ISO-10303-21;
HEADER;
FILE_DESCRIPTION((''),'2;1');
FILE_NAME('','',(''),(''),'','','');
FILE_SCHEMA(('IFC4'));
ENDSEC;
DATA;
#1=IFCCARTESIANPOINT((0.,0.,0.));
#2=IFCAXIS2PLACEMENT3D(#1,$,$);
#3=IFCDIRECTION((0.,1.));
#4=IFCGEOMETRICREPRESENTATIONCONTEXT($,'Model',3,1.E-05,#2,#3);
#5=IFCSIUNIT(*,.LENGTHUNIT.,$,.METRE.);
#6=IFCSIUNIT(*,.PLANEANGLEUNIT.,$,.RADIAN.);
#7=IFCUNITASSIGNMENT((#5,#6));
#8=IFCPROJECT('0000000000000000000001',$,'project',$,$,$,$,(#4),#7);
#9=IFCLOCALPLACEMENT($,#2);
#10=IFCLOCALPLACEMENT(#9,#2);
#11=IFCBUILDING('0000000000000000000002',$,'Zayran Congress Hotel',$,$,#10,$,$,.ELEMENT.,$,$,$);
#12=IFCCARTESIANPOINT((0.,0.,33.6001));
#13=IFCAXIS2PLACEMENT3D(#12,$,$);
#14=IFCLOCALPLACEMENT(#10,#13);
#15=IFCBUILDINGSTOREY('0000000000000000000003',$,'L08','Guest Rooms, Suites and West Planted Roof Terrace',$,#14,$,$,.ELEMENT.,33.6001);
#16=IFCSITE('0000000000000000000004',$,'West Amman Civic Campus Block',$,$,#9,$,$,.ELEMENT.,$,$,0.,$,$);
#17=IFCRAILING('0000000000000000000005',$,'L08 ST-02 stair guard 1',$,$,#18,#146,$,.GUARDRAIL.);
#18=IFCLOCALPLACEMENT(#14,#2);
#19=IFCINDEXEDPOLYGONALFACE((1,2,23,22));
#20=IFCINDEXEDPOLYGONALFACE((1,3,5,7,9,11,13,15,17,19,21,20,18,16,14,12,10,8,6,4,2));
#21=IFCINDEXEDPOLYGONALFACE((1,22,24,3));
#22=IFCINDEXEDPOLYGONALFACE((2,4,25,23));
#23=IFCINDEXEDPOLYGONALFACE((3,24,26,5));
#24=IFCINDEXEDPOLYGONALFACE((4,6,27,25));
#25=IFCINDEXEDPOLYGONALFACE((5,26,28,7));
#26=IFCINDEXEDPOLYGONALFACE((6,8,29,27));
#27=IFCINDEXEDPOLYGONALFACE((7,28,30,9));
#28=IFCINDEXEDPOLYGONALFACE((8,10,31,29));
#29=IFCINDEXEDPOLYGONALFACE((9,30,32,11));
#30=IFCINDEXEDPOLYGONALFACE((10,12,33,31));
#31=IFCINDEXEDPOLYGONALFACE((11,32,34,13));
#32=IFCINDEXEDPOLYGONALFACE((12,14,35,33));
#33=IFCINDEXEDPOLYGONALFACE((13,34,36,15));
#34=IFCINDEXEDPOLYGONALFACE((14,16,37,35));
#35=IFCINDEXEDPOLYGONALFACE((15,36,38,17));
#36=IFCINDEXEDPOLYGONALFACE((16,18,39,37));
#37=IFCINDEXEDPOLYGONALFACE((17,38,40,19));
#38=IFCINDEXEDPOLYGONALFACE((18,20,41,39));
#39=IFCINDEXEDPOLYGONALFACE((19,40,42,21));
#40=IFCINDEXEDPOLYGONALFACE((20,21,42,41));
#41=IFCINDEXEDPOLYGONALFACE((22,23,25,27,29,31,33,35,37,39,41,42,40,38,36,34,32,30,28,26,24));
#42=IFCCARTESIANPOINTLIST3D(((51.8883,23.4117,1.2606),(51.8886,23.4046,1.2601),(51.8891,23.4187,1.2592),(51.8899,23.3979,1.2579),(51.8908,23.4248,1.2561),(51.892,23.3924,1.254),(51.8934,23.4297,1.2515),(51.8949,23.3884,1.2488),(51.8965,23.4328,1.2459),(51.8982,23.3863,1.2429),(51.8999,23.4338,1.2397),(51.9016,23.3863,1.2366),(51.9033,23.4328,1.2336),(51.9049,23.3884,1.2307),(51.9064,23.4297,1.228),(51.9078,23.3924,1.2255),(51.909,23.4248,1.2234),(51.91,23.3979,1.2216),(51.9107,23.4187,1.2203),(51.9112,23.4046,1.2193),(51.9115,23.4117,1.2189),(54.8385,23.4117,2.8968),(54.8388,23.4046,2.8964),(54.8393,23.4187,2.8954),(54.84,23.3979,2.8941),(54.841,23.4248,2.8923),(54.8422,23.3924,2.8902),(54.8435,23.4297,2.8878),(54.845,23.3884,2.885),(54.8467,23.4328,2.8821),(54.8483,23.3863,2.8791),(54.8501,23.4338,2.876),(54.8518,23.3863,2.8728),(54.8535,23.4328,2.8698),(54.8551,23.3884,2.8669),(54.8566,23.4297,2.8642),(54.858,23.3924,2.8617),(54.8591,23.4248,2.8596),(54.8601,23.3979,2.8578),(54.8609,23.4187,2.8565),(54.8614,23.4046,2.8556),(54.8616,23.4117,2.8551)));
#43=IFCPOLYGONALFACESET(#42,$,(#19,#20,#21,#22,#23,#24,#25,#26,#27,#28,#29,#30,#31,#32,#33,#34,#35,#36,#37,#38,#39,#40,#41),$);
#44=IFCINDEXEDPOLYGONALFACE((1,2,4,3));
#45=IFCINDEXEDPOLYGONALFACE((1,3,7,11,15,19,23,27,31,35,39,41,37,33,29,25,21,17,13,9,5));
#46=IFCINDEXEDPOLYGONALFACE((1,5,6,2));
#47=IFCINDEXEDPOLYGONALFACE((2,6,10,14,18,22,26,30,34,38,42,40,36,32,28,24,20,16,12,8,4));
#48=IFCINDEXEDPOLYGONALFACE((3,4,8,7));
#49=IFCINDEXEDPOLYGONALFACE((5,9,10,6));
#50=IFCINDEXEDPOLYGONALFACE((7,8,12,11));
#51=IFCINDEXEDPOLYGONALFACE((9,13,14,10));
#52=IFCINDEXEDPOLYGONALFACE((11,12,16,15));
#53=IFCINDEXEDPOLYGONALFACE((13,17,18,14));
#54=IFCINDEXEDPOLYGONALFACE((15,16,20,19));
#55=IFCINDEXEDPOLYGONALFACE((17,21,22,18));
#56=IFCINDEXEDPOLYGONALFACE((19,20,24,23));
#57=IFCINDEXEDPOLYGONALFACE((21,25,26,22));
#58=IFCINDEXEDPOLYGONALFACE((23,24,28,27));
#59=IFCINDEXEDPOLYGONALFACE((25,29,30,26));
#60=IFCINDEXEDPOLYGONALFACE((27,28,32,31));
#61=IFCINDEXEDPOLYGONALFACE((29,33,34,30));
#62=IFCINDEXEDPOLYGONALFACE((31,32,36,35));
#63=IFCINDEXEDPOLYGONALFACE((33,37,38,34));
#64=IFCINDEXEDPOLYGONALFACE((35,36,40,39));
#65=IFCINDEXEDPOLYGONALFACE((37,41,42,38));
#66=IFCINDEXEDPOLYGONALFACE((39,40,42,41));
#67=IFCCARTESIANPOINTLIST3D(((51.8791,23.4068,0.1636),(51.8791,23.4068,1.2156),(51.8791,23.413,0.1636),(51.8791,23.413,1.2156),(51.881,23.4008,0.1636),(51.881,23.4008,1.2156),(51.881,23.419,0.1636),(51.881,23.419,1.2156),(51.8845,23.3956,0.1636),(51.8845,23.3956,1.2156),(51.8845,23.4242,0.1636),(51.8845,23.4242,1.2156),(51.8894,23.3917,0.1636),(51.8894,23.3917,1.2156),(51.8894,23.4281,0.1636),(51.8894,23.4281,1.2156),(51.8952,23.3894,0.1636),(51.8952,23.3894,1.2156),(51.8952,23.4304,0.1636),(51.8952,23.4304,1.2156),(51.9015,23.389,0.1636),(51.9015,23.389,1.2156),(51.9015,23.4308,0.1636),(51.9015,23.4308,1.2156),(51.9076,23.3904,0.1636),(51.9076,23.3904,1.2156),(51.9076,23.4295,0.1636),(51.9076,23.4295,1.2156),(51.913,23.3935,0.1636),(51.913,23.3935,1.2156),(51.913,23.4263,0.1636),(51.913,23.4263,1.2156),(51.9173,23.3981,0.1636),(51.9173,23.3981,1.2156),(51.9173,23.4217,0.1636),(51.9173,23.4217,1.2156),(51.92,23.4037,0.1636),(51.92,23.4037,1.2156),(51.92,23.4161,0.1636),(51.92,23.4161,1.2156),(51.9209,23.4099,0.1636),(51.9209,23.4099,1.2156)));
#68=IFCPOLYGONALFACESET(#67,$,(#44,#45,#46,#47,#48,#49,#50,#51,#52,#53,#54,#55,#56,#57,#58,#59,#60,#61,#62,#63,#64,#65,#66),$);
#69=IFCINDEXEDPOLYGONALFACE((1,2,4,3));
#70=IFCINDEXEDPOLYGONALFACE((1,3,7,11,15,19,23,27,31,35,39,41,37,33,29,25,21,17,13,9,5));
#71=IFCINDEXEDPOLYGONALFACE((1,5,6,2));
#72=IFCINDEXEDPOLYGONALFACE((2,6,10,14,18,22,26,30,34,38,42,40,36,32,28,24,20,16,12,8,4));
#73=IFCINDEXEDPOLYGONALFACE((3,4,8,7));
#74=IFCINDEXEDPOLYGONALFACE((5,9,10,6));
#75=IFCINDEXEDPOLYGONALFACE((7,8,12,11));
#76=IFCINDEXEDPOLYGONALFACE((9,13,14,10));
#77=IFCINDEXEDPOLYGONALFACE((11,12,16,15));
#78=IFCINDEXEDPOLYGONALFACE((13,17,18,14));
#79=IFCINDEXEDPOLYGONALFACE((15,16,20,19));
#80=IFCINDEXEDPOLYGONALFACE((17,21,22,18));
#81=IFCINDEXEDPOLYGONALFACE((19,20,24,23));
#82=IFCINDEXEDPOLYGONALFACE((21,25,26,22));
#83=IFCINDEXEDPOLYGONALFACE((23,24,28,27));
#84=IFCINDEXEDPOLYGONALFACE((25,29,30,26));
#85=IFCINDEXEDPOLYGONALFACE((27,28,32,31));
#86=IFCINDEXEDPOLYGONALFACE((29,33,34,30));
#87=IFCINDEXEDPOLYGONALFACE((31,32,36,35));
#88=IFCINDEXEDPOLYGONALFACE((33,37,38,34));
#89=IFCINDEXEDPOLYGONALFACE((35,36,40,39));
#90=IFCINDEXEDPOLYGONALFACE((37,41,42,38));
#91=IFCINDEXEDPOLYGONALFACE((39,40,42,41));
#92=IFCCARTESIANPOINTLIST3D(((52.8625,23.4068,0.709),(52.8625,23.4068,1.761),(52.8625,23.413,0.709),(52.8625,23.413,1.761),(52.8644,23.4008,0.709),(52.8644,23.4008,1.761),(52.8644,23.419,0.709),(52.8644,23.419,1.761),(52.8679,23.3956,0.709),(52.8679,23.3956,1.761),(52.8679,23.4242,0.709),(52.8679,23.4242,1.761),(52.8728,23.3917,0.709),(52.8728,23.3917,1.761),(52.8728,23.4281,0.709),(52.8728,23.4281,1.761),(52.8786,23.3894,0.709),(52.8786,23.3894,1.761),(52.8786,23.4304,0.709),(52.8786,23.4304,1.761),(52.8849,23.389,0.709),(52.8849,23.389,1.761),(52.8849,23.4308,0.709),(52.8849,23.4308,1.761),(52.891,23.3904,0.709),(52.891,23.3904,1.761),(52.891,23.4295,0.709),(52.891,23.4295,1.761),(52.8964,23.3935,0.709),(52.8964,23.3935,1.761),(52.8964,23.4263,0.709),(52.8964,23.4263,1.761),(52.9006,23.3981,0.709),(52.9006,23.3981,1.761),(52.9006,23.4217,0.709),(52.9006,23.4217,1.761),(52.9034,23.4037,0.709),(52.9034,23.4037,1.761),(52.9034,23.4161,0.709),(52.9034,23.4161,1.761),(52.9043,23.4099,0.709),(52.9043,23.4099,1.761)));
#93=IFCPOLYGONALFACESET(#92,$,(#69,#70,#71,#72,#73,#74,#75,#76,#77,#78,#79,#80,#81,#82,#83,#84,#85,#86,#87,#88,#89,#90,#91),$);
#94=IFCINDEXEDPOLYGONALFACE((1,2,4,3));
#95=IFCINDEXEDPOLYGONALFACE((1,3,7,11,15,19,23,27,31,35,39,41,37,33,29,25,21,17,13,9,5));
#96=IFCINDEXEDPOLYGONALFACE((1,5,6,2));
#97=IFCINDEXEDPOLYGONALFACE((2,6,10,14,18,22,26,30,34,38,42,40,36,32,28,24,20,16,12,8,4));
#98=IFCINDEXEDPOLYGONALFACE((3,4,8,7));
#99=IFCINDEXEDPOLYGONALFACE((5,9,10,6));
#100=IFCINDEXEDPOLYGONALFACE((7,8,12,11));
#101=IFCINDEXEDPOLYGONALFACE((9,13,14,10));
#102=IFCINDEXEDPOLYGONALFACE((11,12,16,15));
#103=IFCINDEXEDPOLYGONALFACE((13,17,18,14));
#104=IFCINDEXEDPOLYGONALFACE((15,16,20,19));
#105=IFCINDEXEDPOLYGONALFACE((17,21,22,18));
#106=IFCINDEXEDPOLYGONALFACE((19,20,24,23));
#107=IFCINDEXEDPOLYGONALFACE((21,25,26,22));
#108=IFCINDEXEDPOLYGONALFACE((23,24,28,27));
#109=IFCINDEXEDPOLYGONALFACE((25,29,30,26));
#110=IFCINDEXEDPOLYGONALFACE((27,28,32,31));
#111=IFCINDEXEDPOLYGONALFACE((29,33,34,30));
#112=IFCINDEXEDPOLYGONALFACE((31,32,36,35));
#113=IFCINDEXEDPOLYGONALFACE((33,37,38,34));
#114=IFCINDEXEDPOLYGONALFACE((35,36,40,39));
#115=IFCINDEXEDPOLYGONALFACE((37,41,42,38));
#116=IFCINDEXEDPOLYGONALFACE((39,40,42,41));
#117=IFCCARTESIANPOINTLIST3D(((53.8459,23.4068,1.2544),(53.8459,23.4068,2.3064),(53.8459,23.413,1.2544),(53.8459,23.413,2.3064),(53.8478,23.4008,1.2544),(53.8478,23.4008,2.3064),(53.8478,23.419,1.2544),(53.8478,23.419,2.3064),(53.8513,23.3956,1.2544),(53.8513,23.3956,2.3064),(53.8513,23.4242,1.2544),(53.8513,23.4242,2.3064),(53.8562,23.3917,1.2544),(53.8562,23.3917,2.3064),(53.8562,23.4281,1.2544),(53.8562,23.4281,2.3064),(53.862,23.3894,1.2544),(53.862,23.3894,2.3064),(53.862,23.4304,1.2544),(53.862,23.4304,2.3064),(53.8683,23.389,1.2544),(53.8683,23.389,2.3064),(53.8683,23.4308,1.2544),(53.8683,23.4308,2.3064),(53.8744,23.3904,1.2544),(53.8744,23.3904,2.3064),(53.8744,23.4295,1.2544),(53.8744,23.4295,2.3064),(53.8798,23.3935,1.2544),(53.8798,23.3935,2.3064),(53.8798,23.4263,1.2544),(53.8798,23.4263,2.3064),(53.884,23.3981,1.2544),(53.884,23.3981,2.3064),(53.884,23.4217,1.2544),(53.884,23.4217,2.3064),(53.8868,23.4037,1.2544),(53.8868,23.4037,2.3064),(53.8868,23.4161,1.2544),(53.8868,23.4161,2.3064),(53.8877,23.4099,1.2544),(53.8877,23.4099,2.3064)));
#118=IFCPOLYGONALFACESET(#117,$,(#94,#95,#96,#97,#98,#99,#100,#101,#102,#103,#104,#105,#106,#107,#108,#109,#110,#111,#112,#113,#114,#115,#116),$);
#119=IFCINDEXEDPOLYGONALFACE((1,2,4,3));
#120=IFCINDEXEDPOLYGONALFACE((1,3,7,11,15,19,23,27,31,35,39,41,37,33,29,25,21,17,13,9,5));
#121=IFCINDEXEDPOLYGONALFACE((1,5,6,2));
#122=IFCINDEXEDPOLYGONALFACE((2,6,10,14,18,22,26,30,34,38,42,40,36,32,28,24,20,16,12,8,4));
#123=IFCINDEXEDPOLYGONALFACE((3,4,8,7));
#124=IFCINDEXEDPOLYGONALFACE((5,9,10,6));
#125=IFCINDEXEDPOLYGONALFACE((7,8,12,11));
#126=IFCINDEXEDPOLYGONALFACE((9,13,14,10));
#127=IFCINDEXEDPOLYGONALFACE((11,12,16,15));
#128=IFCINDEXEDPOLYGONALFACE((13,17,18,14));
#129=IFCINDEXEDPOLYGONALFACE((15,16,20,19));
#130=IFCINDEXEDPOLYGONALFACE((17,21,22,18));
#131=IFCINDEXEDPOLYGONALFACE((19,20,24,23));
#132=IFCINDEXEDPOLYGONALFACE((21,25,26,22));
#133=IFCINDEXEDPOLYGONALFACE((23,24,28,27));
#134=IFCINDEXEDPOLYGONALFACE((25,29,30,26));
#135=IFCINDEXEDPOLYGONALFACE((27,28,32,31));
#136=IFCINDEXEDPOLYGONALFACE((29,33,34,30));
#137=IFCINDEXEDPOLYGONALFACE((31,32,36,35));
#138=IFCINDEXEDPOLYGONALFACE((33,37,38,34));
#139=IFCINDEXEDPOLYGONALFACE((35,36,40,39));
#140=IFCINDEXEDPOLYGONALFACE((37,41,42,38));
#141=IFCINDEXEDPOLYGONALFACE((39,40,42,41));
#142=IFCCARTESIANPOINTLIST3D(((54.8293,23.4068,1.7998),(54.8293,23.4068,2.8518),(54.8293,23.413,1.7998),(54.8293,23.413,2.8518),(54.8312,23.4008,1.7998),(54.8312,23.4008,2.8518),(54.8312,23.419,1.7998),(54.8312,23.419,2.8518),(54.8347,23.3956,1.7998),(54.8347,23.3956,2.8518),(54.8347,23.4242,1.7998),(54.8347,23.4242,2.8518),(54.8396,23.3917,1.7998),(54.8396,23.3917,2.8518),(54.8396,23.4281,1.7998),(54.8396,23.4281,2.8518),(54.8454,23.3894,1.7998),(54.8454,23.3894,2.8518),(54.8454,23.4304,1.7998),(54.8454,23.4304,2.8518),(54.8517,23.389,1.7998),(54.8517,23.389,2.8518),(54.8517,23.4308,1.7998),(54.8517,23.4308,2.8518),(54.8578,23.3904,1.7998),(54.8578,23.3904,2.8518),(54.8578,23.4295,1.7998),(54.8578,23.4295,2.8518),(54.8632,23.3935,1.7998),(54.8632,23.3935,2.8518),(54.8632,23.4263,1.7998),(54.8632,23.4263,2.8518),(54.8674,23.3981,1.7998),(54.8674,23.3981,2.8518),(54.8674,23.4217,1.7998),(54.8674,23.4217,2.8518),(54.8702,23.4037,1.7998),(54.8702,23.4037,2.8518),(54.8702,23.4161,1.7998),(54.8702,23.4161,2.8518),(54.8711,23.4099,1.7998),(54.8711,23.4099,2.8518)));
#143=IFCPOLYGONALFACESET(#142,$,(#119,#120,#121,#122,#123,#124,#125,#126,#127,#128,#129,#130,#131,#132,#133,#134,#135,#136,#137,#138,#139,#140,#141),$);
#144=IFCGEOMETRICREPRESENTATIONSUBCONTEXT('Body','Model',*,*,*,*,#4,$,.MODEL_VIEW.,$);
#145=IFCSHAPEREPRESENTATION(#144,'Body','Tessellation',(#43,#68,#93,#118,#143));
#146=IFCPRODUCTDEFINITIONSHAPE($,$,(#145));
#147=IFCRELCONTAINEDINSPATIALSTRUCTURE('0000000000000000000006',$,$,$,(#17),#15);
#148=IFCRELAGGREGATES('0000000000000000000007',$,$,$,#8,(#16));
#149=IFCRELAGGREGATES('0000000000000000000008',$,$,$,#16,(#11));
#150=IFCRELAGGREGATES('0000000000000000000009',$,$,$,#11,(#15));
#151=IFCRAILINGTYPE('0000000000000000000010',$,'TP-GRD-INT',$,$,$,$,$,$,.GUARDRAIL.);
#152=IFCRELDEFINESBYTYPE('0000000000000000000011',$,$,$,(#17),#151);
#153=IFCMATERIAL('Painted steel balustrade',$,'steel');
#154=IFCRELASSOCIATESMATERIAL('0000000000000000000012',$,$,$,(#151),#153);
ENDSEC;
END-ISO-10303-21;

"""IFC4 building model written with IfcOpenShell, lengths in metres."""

from ifc_helpers import new_model, si_unit, direction, frame, origin, origin_2d, place, context, subcontext, project, spatial, circle, extrude, material, type_object, element, save


model = new_model("IFC4")

# Units and contexts
model_context = context("Model", 3, precision=1e-05, world=origin(), true_north=direction((0.0, 1.0)))
body_context = subcontext(model_context, "Body", "Model", "MODEL_VIEW")
ifc_project = project(units=[si_unit("LENGTHUNIT", "METRE"), si_unit("PLANEANGLEUNIT", "RADIAN")], contexts=[model_context])

# Site, building, storey
site_placement = place(None, origin())
site = spatial("IfcSite", under=ifc_project, at=site_placement, Name="West Amman Civic Campus Block", CompositionType="ELEMENT", RefElevation=0.0)
building_placement = place(site_placement, origin())
building = spatial("IfcBuilding", under=site, at=building_placement, Name="Zayran Congress Hotel", CompositionType="ELEMENT")
storey_placement = place(building_placement, frame((0.0, 0.0, 33.6001)))
storey = spatial("IfcBuildingStorey", under=building, at=storey_placement, Name="L08", Description="Guest Rooms, Suites and West Planted Roof Terrace", CompositionType="ELEMENT", Elevation=33.6001)

# Railing
ifc_material_1 = material(Name="Painted steel balustrade", Category="steel")
railing_type_1 = type_object("IfcRailingType", Name="TP-GRD-INT", PredefinedType="GUARDRAIL", material=ifc_material_1)
railing_1_placement = place(storey_placement, frame((51.8999, 23.4099, 0.1636)))
element("IfcRailing", 1, at=railing_1_placement, inside=storey, type_object=railing_type_1, Name="L08 ST-02 stair guard 1", PredefinedType="GUARDRAIL", context=body_context, shape_type="SweptSolid", body=[
    extrude(circle(Radius=0.0239, at=origin_2d()), frame((0.0, 0.0, 1.0762), z_axis=(0.874505, 0.0, 0.485016), x_axis=(0.0, 1.0, 0.0)), (0.0, 0.0, 1.0), 3.3735),
    extrude(circle(Radius=0.021, at=origin_2d()), origin(), (0.0, 0.0, 1.0), 1.052),
    extrude(circle(Radius=0.021, at=origin_2d()), frame((0.9834, 0.0, 0.5454)), (0.0, 0.0, 1.0), 1.052),
    extrude(circle(Radius=0.021, at=origin_2d()), frame((1.9668, 0.0, 1.0908)), (0.0, 0.0, 1.0), 1.052),
    extrude(circle(Radius=0.021, at=origin_2d()), frame((2.9502, 0.0, 1.6362)), (0.0, 0.0, 1.0), 1.052),
])

save(model, "model.ifc")
